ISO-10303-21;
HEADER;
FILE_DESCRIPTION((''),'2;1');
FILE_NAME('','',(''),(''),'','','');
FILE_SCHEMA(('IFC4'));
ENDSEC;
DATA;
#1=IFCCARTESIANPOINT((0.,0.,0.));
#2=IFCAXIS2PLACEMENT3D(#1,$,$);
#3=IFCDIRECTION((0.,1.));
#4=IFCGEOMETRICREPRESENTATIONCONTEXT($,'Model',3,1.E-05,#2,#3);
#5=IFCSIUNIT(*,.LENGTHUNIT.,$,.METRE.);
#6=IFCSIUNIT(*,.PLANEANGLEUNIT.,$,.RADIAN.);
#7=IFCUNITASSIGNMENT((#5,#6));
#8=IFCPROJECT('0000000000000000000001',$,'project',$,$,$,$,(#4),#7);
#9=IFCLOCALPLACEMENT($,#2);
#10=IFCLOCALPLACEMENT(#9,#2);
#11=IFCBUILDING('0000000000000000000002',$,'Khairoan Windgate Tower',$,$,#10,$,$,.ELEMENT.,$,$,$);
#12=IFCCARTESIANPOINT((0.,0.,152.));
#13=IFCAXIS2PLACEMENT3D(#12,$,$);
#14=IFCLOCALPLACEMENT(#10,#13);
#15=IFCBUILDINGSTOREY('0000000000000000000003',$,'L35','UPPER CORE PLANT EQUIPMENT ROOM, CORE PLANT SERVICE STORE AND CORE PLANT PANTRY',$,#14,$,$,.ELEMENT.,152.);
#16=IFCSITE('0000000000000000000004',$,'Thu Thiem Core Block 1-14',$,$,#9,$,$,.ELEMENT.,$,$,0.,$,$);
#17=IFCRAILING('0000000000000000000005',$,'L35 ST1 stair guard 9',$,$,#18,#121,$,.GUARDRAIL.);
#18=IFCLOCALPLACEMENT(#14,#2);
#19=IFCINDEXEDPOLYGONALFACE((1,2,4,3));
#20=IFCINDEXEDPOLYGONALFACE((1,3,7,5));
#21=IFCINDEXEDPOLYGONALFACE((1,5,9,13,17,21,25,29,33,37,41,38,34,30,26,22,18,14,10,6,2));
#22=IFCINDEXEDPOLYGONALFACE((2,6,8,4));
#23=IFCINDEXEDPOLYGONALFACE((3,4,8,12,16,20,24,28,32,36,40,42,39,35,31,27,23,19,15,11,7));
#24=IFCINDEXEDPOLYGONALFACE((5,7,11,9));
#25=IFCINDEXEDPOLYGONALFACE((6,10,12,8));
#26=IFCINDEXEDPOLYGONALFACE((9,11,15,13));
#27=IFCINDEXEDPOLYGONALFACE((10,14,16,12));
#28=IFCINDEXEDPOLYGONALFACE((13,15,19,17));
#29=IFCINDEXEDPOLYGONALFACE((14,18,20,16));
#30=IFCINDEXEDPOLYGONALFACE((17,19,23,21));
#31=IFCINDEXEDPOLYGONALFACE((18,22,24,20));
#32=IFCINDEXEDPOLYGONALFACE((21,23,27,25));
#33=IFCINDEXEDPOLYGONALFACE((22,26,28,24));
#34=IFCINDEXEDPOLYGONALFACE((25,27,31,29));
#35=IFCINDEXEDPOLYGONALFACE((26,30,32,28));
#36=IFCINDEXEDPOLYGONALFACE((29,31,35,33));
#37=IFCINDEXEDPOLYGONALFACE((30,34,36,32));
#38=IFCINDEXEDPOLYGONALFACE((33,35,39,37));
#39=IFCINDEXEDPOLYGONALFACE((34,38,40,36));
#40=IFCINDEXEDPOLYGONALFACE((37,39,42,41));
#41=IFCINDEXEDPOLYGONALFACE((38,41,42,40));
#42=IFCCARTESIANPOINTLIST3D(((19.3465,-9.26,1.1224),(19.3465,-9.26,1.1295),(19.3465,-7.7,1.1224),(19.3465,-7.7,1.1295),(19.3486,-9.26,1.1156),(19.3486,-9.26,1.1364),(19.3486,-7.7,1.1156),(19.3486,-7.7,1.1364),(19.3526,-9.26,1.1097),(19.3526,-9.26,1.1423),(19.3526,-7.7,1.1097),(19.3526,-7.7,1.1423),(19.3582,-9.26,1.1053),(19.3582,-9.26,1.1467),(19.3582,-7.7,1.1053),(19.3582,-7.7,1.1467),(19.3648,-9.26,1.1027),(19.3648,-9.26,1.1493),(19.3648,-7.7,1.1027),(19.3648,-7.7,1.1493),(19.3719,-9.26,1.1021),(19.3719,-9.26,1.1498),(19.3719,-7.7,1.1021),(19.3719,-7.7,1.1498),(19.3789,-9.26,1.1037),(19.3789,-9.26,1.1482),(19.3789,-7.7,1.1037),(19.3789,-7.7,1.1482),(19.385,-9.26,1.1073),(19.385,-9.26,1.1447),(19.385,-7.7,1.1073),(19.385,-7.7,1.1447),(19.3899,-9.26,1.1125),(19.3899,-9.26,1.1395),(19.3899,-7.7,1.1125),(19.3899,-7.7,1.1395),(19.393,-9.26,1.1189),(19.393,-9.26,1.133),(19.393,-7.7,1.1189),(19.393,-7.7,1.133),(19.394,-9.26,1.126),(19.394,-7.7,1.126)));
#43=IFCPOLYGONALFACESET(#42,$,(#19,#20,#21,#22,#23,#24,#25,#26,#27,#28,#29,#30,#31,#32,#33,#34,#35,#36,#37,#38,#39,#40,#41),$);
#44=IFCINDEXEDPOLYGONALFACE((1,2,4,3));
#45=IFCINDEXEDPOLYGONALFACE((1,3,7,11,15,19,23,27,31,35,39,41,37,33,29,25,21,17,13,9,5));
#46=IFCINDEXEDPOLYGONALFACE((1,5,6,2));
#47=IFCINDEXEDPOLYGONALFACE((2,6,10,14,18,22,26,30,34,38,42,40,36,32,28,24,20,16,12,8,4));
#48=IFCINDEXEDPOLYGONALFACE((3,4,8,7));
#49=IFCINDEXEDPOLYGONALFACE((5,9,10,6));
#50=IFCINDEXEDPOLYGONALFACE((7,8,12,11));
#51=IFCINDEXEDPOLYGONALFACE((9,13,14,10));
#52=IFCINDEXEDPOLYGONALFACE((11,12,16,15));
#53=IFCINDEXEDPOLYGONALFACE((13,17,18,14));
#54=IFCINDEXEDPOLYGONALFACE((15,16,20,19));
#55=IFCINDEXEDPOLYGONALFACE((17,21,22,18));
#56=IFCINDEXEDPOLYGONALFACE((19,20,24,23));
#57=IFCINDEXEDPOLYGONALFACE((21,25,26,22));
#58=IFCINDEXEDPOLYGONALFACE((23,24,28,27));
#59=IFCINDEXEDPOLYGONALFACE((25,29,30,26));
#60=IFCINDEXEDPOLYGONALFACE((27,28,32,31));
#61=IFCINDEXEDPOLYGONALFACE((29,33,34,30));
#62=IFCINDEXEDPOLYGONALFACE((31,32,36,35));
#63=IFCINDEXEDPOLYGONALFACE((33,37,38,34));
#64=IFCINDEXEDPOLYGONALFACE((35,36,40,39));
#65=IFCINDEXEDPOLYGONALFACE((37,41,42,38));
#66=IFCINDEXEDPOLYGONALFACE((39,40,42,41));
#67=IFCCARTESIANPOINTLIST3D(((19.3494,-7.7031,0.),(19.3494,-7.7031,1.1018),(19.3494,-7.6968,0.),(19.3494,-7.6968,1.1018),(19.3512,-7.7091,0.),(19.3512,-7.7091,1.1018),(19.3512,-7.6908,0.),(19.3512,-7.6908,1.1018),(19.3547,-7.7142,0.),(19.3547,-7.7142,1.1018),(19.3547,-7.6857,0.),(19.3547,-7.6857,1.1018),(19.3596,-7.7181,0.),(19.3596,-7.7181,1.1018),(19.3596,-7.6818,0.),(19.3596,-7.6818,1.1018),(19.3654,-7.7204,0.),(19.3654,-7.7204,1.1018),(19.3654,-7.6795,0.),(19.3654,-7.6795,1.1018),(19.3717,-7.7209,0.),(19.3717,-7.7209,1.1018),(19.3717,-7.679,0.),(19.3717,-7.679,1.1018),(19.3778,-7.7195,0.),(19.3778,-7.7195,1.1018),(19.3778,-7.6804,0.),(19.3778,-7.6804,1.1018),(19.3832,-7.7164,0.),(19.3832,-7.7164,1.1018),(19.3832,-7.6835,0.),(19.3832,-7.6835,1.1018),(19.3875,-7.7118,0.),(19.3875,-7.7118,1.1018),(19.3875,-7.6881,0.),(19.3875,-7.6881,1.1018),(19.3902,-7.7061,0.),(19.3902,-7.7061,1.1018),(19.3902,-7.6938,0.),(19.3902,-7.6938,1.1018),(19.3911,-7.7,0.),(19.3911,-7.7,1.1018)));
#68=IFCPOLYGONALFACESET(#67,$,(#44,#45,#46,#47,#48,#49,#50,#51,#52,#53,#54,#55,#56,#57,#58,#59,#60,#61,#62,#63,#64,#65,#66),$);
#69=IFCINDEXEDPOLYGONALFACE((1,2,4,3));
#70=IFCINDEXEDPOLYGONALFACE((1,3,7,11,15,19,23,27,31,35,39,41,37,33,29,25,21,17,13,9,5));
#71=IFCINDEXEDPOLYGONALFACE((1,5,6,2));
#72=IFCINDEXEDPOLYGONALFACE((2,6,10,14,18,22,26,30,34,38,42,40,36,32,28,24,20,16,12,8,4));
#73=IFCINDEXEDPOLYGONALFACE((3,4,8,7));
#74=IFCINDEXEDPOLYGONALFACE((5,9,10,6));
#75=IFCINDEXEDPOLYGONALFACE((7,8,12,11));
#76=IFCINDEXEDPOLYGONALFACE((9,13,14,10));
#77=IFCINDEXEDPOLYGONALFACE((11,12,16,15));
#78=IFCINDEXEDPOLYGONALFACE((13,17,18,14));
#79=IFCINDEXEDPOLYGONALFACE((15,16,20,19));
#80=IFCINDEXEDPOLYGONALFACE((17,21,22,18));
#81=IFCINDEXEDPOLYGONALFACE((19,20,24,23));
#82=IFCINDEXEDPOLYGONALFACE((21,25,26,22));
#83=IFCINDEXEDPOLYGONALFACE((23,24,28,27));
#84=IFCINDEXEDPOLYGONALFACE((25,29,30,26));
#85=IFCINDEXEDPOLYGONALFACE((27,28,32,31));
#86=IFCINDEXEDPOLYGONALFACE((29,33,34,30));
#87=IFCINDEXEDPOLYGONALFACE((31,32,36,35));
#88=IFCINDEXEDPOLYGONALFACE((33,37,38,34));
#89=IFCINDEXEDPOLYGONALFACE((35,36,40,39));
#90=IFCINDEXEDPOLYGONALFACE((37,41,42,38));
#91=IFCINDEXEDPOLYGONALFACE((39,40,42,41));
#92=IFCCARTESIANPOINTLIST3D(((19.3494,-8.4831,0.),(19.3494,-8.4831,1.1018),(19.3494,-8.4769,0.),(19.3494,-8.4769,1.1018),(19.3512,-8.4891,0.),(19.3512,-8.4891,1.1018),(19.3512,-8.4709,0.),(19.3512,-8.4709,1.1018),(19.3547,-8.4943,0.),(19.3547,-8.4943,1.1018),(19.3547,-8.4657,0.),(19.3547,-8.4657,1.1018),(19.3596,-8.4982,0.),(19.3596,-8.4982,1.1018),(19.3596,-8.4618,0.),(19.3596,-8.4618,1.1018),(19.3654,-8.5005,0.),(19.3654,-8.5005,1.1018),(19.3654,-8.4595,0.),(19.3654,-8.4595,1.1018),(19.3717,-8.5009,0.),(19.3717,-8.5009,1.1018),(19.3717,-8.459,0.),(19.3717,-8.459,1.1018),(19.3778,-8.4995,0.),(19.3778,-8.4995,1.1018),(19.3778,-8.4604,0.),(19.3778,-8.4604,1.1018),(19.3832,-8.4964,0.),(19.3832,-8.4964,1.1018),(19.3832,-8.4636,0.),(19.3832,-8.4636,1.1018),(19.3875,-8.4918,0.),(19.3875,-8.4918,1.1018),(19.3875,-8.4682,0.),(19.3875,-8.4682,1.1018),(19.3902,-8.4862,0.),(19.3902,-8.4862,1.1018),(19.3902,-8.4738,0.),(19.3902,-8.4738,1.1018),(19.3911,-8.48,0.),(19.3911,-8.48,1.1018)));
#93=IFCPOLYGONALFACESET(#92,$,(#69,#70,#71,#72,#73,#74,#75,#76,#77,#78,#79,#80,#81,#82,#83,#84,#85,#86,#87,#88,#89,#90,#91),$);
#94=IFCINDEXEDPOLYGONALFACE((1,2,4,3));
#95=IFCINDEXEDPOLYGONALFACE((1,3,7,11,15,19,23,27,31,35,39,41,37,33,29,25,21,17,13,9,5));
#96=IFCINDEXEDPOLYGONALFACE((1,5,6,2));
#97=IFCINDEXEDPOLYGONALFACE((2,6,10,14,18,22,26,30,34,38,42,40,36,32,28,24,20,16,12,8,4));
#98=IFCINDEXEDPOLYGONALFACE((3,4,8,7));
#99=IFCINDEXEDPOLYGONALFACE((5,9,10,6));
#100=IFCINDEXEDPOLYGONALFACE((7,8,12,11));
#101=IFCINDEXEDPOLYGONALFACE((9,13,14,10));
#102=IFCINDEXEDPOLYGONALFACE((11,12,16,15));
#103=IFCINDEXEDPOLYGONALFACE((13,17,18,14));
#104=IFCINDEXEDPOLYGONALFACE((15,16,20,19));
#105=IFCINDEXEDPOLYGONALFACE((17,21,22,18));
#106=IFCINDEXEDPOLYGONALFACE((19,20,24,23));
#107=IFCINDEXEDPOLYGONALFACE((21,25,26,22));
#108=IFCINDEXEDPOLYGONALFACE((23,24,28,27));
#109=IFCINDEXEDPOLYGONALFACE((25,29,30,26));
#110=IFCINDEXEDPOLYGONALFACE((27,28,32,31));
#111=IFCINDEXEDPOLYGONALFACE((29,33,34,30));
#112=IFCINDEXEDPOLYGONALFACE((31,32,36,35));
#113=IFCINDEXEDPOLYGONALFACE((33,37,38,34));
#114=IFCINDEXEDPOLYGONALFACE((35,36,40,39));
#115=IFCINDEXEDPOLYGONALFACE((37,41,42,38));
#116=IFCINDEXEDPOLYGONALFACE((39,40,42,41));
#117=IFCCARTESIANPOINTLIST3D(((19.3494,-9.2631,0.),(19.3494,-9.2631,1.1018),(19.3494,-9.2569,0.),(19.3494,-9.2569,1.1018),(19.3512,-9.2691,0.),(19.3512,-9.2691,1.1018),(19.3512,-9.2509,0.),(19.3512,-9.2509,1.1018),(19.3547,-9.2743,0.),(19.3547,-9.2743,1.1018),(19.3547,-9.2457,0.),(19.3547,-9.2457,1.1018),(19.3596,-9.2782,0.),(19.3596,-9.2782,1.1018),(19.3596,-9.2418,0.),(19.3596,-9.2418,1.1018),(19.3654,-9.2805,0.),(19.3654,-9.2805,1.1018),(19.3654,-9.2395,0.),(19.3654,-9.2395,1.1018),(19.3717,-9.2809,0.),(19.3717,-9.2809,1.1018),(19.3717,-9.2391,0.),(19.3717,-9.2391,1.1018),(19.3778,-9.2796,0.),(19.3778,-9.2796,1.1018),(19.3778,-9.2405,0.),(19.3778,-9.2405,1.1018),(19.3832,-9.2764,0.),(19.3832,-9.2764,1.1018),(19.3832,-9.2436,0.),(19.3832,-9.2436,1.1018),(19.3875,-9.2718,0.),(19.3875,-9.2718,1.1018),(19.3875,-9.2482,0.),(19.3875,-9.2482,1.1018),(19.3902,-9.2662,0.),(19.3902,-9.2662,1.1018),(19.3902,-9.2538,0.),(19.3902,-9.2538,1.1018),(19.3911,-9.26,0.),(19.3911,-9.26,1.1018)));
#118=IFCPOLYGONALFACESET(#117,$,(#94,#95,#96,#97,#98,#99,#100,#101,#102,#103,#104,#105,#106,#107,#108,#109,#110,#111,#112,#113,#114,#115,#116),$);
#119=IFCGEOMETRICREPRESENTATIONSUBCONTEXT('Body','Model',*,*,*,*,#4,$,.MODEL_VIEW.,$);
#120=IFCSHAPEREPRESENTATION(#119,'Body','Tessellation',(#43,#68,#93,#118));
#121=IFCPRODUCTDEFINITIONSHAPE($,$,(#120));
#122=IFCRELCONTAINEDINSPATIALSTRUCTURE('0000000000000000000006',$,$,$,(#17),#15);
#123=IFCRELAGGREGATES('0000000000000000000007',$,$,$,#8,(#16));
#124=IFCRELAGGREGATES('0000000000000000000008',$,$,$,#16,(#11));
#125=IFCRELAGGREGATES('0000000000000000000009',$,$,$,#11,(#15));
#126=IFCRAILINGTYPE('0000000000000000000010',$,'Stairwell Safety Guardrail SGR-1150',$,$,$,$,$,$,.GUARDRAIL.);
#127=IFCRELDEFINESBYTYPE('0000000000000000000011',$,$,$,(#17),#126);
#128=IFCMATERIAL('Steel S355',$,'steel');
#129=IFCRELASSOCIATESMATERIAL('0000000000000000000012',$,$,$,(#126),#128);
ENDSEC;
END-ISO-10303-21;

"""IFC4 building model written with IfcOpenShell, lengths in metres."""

from ifc_helpers import new_model, si_unit, direction, frame, origin, origin_2d, place, context, subcontext, project, spatial, circle, extrude, material, type_object, element, save


model = new_model("IFC4")

# Units and contexts
model_context = context("Model", 3, precision=1e-05, world=origin(), true_north=direction((0.0, 1.0)))
body_context = subcontext(model_context, "Body", "Model", "MODEL_VIEW")
ifc_project = project(units=[si_unit("LENGTHUNIT", "METRE"), si_unit("PLANEANGLEUNIT", "RADIAN")], contexts=[model_context])

# Site, building, storey
site_placement = place(None, origin())
site = spatial("IfcSite", under=ifc_project, at=site_placement, Name="Thu Thiem Core Block 1-14", CompositionType="ELEMENT", RefElevation=0.0)
building_placement = place(site_placement, origin())
building = spatial("IfcBuilding", under=site, at=building_placement, Name="Khairoan Windgate Tower", CompositionType="ELEMENT")
storey_placement = place(building_placement, frame((0.0, 0.0, 152.0)))
storey = spatial("IfcBuildingStorey", under=building, at=storey_placement, Name="L35", Description="UPPER CORE PLANT EQUIPMENT ROOM, CORE PLANT SERVICE STORE AND CORE PLANT PANTRY", CompositionType="ELEMENT", Elevation=152.0)

# Railing
ifc_material_1 = material(Name="Steel S355", Category="steel")
railing_type_1 = type_object("IfcRailingType", Name="Stairwell Safety Guardrail SGR-1150", PredefinedType="GUARDRAIL", material=ifc_material_1)
for number, where, name in (
    (1, (19.3701, -7.7, 0.0), "L35 ST1 stair guard 9"),
):
    element("IfcRailing", number, at=place(storey_placement, frame(where)), inside=storey, type_object=railing_type_1, Name=name, PredefinedType="GUARDRAIL", context=body_context, shape_type="SweptSolid", body=[
        extrude(circle(Radius=0.0239, at=origin_2d()), frame((0.0, 0.0, 1.126), z_axis=(0.0, -1.0, 0.0), x_axis=(1.0, 0.0, 0.0)), (0.0, 0.0, 1.0), 1.5601),
        extrude(circle(Radius=0.021, at=origin_2d()), origin(), (0.0, 0.0, 1.0), 1.1018),
        extrude(circle(Radius=0.021, at=origin_2d()), frame((0.0, -0.78, 0.0)), (0.0, 0.0, 1.0), 1.1018),
        extrude(circle(Radius=0.021, at=origin_2d()), frame((0.0, -1.5601, 0.0)), (0.0, 0.0, 1.0), 1.1018),
    ])

save(model, "model.ifc")
